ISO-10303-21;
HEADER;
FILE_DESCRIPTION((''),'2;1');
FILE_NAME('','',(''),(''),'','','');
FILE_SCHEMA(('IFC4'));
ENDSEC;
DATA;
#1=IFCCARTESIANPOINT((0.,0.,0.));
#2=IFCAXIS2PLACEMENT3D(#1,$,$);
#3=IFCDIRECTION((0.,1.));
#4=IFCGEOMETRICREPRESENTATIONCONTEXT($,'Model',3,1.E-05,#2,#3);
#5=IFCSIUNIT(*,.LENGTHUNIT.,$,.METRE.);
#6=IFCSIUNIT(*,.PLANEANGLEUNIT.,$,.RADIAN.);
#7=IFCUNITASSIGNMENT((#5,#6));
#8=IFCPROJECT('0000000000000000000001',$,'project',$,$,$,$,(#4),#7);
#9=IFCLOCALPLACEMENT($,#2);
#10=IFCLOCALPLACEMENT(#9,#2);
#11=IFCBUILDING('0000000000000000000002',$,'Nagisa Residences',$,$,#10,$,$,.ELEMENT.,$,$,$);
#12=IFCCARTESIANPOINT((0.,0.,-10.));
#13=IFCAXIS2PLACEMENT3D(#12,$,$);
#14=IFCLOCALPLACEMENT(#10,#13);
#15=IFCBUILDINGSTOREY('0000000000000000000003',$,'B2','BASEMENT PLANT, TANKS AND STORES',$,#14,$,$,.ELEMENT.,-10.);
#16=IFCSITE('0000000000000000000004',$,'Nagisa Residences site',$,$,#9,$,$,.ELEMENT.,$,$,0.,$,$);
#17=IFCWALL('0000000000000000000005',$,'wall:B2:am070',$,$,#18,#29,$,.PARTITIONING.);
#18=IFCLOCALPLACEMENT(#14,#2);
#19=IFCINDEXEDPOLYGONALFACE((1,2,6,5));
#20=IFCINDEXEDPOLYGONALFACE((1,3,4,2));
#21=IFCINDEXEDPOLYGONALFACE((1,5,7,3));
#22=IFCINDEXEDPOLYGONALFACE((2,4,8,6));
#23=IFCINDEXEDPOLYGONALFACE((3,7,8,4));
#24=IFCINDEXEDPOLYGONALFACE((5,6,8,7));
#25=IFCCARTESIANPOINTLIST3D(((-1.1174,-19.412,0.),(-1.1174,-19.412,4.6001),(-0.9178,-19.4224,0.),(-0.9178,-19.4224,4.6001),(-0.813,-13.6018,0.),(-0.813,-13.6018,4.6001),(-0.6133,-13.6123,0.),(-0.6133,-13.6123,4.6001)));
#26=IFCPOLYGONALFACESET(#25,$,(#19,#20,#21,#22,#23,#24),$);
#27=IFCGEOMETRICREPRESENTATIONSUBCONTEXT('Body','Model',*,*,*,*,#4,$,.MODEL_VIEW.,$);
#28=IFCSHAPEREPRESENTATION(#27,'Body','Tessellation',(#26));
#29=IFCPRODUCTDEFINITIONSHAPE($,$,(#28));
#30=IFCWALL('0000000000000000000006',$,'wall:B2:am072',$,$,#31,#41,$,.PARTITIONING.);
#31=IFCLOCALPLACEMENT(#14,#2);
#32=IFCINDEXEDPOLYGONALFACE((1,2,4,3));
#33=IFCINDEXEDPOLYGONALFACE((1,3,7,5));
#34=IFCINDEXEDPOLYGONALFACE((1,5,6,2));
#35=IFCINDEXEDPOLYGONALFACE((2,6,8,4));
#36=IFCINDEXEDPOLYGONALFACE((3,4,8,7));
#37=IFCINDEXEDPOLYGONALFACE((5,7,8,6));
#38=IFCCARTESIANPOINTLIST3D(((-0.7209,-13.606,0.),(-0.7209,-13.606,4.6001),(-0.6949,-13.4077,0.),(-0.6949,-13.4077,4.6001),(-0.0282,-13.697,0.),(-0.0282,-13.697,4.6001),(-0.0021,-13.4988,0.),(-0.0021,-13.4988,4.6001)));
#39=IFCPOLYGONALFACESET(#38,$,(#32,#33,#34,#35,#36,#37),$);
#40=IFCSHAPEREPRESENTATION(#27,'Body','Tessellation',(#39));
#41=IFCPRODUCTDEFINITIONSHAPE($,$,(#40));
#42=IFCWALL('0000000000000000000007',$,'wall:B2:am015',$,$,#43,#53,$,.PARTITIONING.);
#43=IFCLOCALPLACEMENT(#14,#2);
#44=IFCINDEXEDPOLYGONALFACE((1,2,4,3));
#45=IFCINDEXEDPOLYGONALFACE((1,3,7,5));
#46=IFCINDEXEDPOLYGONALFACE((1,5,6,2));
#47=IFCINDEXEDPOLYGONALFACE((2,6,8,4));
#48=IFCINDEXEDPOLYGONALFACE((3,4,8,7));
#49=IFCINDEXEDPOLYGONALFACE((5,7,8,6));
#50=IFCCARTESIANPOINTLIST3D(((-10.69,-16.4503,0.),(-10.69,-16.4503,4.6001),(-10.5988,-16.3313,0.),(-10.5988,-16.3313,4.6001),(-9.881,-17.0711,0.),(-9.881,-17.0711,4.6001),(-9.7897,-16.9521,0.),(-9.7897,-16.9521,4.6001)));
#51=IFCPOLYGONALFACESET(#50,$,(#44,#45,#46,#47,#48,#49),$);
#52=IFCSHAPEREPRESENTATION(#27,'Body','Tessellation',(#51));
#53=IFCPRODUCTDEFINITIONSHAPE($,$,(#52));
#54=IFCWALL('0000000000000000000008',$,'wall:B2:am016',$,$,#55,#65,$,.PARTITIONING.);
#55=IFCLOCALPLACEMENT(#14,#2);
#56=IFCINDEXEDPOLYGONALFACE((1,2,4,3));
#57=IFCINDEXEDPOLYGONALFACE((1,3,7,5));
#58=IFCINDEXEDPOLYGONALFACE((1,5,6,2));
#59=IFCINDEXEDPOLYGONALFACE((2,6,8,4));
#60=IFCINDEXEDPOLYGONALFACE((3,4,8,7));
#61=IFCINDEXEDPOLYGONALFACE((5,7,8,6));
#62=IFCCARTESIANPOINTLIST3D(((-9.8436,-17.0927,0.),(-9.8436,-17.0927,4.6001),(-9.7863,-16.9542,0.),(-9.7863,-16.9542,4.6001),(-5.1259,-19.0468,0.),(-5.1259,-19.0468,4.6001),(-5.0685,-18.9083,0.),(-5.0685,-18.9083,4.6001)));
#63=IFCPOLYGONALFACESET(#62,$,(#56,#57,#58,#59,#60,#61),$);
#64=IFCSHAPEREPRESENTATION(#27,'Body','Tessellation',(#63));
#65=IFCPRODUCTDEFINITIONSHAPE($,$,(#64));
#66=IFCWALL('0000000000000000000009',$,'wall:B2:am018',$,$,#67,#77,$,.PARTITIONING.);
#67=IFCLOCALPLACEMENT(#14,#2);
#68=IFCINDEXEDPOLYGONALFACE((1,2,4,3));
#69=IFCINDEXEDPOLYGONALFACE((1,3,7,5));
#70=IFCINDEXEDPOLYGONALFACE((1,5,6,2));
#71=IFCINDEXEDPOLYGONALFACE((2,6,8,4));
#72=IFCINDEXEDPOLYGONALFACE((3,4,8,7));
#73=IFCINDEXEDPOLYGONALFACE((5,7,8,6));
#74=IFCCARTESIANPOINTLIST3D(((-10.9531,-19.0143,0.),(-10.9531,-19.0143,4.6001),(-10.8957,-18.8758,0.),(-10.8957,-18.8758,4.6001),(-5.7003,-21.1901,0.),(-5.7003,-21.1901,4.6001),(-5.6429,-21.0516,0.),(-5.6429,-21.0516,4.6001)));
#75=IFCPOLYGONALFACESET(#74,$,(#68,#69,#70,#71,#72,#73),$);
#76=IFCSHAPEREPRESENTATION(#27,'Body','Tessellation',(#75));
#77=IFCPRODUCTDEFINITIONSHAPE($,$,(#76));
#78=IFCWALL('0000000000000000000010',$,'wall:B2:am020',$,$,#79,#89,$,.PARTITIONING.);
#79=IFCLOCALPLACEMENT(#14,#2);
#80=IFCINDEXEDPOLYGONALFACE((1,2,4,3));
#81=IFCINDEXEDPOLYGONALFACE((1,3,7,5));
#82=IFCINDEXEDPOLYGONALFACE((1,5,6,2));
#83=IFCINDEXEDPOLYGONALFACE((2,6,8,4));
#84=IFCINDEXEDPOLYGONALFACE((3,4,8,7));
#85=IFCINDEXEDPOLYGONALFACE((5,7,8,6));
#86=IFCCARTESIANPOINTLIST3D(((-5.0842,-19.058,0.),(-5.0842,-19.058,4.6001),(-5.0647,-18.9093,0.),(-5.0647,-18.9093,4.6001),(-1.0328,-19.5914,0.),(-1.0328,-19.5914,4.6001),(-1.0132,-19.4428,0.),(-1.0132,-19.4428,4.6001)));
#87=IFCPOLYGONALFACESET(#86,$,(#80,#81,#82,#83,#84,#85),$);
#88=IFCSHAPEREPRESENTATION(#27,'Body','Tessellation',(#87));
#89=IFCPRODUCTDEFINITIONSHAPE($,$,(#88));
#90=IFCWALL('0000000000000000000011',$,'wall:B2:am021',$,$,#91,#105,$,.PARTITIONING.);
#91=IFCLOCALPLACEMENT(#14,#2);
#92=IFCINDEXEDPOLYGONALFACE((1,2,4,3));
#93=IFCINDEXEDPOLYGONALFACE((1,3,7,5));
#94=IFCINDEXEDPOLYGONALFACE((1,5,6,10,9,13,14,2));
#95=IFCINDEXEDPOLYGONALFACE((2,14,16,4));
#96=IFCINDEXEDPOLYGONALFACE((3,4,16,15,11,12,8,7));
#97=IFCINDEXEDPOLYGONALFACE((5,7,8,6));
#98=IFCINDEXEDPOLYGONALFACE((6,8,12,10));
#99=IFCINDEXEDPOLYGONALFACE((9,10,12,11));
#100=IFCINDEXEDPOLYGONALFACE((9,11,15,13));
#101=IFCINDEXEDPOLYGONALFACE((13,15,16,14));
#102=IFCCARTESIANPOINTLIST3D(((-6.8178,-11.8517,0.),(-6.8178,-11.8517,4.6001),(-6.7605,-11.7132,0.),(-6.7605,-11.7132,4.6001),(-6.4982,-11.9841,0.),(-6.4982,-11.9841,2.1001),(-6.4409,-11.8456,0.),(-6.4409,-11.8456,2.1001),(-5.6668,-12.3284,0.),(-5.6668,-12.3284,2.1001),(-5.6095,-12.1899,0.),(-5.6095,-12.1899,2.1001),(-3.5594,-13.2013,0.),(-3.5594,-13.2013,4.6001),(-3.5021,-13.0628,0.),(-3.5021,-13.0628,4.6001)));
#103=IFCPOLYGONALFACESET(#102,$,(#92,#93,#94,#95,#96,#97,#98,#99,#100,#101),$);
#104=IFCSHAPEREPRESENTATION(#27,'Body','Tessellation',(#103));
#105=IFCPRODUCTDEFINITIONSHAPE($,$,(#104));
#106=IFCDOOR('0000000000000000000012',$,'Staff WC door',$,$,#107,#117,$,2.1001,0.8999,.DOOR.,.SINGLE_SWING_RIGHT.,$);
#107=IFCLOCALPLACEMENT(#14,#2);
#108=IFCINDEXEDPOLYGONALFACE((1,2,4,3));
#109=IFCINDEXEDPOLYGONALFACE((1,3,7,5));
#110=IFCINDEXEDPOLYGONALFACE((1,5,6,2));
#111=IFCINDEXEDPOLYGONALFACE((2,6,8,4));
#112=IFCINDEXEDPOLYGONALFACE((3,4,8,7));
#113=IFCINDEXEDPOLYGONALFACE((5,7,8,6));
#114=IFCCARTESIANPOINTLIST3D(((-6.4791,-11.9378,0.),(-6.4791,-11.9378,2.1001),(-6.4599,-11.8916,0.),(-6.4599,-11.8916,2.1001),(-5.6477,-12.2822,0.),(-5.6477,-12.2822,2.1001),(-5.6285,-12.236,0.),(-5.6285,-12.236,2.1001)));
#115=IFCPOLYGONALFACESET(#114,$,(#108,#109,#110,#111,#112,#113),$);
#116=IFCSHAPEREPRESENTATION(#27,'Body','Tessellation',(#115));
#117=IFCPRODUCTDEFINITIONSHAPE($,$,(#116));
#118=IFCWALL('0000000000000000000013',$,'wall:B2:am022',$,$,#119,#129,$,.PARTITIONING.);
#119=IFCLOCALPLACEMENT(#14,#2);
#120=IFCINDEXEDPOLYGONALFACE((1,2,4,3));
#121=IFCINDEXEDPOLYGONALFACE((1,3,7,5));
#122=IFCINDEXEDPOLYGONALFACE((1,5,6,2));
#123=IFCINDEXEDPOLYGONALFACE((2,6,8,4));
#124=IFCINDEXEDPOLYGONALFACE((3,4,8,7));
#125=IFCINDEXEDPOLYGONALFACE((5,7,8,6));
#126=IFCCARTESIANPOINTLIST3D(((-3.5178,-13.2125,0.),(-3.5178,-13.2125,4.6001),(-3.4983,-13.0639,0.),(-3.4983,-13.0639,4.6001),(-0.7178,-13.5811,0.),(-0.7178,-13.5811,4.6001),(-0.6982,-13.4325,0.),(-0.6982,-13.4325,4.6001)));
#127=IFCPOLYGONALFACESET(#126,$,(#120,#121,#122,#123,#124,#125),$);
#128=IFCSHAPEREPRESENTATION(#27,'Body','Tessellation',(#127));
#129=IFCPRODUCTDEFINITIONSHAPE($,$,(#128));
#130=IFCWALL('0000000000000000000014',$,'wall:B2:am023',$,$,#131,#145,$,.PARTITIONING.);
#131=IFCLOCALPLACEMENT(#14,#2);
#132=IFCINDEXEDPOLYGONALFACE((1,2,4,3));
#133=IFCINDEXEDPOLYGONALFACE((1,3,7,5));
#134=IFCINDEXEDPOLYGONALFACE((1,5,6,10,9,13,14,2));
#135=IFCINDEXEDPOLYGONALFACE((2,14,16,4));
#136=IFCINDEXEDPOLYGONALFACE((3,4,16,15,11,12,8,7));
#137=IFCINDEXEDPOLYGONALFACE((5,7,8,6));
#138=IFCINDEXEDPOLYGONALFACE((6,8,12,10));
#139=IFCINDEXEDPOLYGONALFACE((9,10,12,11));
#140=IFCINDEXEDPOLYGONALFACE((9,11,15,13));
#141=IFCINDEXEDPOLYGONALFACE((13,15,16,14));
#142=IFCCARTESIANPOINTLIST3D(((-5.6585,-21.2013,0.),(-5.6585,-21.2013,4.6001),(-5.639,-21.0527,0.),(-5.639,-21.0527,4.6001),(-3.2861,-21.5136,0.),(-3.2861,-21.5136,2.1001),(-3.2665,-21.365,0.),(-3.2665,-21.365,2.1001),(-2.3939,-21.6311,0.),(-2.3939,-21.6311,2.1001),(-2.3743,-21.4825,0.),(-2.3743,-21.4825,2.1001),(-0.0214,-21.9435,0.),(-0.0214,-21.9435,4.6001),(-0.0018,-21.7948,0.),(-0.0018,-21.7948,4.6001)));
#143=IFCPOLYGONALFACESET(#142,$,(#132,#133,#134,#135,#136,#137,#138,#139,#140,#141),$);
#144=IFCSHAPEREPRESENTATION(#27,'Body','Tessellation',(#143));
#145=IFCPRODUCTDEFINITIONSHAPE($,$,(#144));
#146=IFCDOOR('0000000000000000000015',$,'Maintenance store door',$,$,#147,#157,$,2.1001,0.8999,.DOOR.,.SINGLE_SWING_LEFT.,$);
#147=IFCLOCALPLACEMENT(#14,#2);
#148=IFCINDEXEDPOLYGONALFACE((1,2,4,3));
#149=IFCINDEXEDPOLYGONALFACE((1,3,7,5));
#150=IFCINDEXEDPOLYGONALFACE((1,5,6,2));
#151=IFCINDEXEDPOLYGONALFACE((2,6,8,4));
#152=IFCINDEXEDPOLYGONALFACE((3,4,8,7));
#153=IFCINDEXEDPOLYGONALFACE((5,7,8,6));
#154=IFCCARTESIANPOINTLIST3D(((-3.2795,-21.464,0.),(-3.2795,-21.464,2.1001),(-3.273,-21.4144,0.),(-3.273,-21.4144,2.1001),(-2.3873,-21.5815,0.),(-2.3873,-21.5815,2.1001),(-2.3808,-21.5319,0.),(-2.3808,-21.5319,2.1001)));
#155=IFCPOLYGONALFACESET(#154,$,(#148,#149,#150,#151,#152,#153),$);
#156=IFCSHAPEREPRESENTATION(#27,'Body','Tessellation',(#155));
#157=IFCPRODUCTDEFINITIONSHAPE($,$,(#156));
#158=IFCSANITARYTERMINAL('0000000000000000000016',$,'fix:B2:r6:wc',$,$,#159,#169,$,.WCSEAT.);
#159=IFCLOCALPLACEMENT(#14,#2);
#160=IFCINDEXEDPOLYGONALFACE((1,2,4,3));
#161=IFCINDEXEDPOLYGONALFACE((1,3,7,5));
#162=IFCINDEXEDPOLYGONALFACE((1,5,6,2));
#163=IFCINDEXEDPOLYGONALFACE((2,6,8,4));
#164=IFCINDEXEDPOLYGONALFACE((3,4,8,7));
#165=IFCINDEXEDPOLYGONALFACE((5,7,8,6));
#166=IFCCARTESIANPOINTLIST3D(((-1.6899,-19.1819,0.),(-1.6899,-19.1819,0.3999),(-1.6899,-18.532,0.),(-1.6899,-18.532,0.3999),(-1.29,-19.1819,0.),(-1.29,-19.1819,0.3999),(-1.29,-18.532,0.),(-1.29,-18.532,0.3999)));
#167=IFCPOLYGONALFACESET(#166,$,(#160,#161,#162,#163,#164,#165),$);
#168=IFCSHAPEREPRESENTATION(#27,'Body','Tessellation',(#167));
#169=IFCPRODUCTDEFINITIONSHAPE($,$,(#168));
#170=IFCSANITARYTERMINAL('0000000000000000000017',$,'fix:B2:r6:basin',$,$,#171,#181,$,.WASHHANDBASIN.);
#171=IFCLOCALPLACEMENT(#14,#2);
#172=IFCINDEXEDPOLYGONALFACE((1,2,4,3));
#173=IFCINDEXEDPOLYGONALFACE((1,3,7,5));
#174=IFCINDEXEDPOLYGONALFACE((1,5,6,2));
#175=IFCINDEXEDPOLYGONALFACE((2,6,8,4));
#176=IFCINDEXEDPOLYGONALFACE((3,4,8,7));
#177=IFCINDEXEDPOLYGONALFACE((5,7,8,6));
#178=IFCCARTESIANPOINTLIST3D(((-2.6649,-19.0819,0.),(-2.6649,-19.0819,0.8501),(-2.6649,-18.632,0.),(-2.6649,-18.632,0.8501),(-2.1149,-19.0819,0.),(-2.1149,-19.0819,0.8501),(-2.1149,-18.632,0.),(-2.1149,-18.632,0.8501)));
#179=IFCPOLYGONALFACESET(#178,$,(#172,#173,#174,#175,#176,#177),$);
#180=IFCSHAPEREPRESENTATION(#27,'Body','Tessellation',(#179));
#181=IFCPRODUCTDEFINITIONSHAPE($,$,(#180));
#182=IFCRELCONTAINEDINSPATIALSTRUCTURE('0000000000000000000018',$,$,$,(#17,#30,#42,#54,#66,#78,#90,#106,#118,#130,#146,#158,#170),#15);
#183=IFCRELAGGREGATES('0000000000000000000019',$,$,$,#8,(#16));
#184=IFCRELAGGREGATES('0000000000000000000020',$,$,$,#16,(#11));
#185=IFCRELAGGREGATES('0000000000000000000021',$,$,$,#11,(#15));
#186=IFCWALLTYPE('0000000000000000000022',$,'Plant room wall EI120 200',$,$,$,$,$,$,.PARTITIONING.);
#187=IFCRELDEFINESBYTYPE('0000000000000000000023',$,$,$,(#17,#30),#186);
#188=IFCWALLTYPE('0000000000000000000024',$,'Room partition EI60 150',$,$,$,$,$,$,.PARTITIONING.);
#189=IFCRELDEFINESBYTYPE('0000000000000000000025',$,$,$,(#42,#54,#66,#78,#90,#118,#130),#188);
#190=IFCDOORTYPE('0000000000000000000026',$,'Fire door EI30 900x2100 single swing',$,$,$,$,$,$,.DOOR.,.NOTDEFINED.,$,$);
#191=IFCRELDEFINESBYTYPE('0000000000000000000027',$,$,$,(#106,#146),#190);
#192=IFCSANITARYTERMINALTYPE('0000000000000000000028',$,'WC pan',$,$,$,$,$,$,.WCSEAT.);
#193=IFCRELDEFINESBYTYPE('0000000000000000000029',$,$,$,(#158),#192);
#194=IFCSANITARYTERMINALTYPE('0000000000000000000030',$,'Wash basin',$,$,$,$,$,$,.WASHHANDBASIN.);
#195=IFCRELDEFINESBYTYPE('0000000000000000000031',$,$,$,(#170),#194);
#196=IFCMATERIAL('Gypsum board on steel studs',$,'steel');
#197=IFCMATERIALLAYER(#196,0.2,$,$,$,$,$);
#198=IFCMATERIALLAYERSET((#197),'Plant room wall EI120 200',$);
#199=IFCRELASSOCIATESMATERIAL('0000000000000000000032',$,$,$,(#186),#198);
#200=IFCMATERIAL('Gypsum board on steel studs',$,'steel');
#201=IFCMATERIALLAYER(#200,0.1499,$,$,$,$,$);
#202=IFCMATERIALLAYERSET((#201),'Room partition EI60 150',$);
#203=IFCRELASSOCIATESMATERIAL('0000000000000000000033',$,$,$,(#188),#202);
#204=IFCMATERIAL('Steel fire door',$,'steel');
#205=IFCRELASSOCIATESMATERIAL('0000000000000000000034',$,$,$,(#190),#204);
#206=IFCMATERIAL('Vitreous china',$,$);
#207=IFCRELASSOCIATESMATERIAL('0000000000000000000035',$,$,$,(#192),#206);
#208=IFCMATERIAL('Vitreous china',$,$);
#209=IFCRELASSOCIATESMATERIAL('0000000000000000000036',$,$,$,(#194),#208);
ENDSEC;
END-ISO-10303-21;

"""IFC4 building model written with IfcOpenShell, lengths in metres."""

from ifc_helpers import new_model, si_unit, direction, frame, frame_2d, origin, origin_2d, place, context, subcontext, project, spatial, rectangle, extrude, material, layer, layer_set, type_object, element, fill, save


model = new_model("IFC4")

# Units and contexts
model_context = context("Model", 3, precision=1e-05, world=origin(), true_north=direction((0.0, 1.0)))
body_context = subcontext(model_context, "Body", "Model", "MODEL_VIEW")
ifc_project = project(units=[si_unit("LENGTHUNIT", "METRE"), si_unit("PLANEANGLEUNIT", "RADIAN")], contexts=[model_context])

# Site, building, storey
site_placement = place(None, origin())
site = spatial("IfcSite", under=ifc_project, at=site_placement, Name="Nagisa Residences site", CompositionType="ELEMENT", RefElevation=0.0)
building_placement = place(site_placement, origin())
building = spatial("IfcBuilding", under=site, at=building_placement, Name="Nagisa Residences", CompositionType="ELEMENT")
storey_placement = place(building_placement, frame((0.0, 0.0, -10.0)))
storey = spatial("IfcBuildingStorey", under=building, at=storey_placement, Name="B2", Description="BASEMENT PLANT, TANKS AND STORES", CompositionType="ELEMENT", Elevation=-10.0)

# Walls
ifc_material_1 = material(Name="Gypsum board on steel studs", Category="steel")
ifc_layer_1 = layer(ifc_material_1, 0.2)
ifc_layer_set_1 = layer_set([ifc_layer_1], Name="Plant room wall EI120 200")
wall_type_1 = type_object("IfcWallType", Name="Plant room wall EI120 200", PredefinedType="PARTITIONING", material=ifc_layer_set_1)
wall_1_placement = place(storey_placement, frame((-0.7131, -13.6069, 0.0), z_axis=(0.0, 0.0, 1.0), x_axis=(-0.052328, -0.99863, 0.0)))
element("IfcWall", 1, at=wall_1_placement, inside=storey, type_object=wall_type_1, Name="wall:B2:am070", PredefinedType="PARTITIONING", context=body_context, shape_type="SweptSolid", body=[
    extrude(rectangle(XDim=5.8181, YDim=0.2, at=frame_2d((2.9092, 0.0))), origin(), (0.0, 0.0, 1.0), 4.6001),
])
wall_2_placement = place(storey_placement, frame((-0.0151, -13.5979, 0.0), z_axis=(0.0, 0.0, 1.0), x_axis=(-0.991473, 0.13031, 0.0)))
element("IfcWall", 2, at=wall_2_placement, inside=storey, type_object=wall_type_1, Name="wall:B2:am072", PredefinedType="PARTITIONING", context=body_context, shape_type="SweptSolid", body=[
    extrude(rectangle(XDim=0.6987, YDim=0.2, at=frame_2d((0.3494, 0.0))), origin(), (0.0, 0.0, 1.0), 4.6001),
])
ifc_material_2 = material(Name="Gypsum board on steel studs", Category="steel")
ifc_layer_2 = layer(ifc_material_2, 0.1499)
ifc_layer_set_2 = layer_set([ifc_layer_2], Name="Room partition EI60 150")
wall_type_2 = type_object("IfcWallType", Name="Room partition EI60 150", PredefinedType="PARTITIONING", material=ifc_layer_set_2)
wall_3_placement = place(storey_placement, frame((-10.6443, -16.3909, 0.0), z_axis=(0.0, 0.0, 1.0), x_axis=(0.793344, -0.608773, 0.0)))
element("IfcWall", 3, at=wall_3_placement, inside=storey, type_object=wall_type_2, Name="wall:B2:am015", PredefinedType="PARTITIONING", context=body_context, shape_type="SweptSolid", body=[
    extrude(rectangle(XDim=1.0198, YDim=0.1499, at=frame_2d((0.5098, 0.0))), origin(), (0.0, 0.0, 1.0), 4.6001),
])
wall_4_placement = place(storey_placement, frame((-9.8149, -17.0234, 0.0), z_axis=(0.0, 0.0, 1.0), x_axis=(0.923884, -0.382673, 0.0)))
element("IfcWall", 4, at=wall_4_placement, inside=storey, type_object=wall_type_2, Name="wall:B2:am016", PredefinedType="PARTITIONING", context=body_context, shape_type="SweptSolid", body=[
    extrude(rectangle(XDim=5.1064, YDim=0.1499, at=frame_2d((2.5532, 0.0))), origin(), (0.0, 0.0, 1.0), 4.6001),
])
wall_5_placement = place(storey_placement, frame((-5.6716, -21.1208, 0.0), z_axis=(0.0, 0.0, 1.0), x_axis=(-0.923877, 0.382691, 0.0)))
element("IfcWall", 5, at=wall_5_placement, inside=storey, type_object=wall_type_2, Name="wall:B2:am018", PredefinedType="PARTITIONING", context=body_context, shape_type="SweptSolid", body=[
    extrude(rectangle(XDim=5.6855, YDim=0.1499, at=frame_2d((2.8428, 0.0))), origin(), (0.0, 0.0, 1.0), 4.6001),
])
wall_6_placement = place(storey_placement, frame((-5.0745, -18.9836, 0.0), z_axis=(0.0, 0.0, 1.0), x_axis=(0.991443, -0.13054, 0.0)))
element("IfcWall", 6, at=wall_6_placement, inside=storey, type_object=wall_type_2, Name="wall:B2:am020", PredefinedType="PARTITIONING", context=body_context, shape_type="SweptSolid", body=[
    extrude(rectangle(XDim=4.0864, YDim=0.1499, at=frame_2d((2.0432, 0.0))), origin(), (0.0, 0.0, 1.0), 4.6001),
])

# Wall, opening, door
wall_7_placement = place(storey_placement, frame((-3.5308, -13.1321, 0.0), z_axis=(0.0, 0.0, 1.0), x_axis=(-0.923882, 0.382678, 0.0)))
wall_7 = element("IfcWall", 7, at=wall_7_placement, inside=storey, type_object=wall_type_2, Name="wall:B2:am021", PredefinedType="PARTITIONING", context=body_context, shape_type="SweptSolid", body=[
    extrude(rectangle(XDim=3.5269, YDim=0.1499, at=frame_2d((1.7634, 0.0))), origin(), (0.0, 0.0, 1.0), 4.6001),
])
opening_1_placement = place(wall_7_placement, frame((2.281, 0.0, 0.0)))
opening_1 = element("IfcOpeningElement", 8, at=opening_1_placement, cuts=wall_7, PredefinedType="OPENING", context=body_context, shape_type="SweptSolid", body=[
    extrude(rectangle(XDim=0.8999, YDim=2.1001, at=frame_2d((0.45, 1.05))), frame((0.0, 0.085, 0.0), z_axis=(0.0, -1.0, 0.0), x_axis=(1.0, 0.0, 0.0)), (0.0, 0.0, 1.0), 0.1699),
])
ifc_material_3 = material(Name="Steel fire door", Category="steel")
door_type = type_object("IfcDoorType", Name="Fire door EI30 900x2100 single swing", OperationType="NOTDEFINED", PredefinedType="DOOR", material=ifc_material_3)
door_1_placement = place(opening_1_placement, origin())
door_1 = element("IfcDoor", 9, at=door_1_placement, inside=storey, type_object=door_type, Name="Staff WC door", OperationType="SINGLE_SWING_RIGHT", OverallHeight=2.1001, OverallWidth=0.8999, PredefinedType="DOOR", context=body_context, shape_type="SweptSolid", body=[
    extrude(rectangle(XDim=0.8999, YDim=2.1001, at=frame_2d((0.45, 1.05))), frame((0.0, 0.0249, 0.0), z_axis=(0.0, -1.0, 0.0), x_axis=(1.0, 0.0, 0.0)), (0.0, 0.0, 1.0), 0.05),
])
fill(opening_1, door_1)

# Wall
wall_8_placement = place(storey_placement, frame((-0.708, -13.5068, 0.0), z_axis=(0.0, 0.0, 1.0), x_axis=(-0.991444, 0.130533, 0.0)))
element("IfcWall", 10, at=wall_8_placement, inside=storey, type_object=wall_type_2, Name="wall:B2:am022", PredefinedType="PARTITIONING", context=body_context, shape_type="SweptSolid", body=[
    extrude(rectangle(XDim=2.8242, YDim=0.1499, at=frame_2d((1.4121, 0.0))), origin(), (0.0, 0.0, 1.0), 4.6001),
])

# Wall, opening, door
wall_9_placement = place(storey_placement, frame((-0.0117, -21.8691, 0.0), z_axis=(0.0, 0.0, 1.0), x_axis=(-0.991444, 0.130532, 0.0)))
wall_9 = element("IfcWall", 11, at=wall_9_placement, inside=storey, type_object=wall_type_2, Name="wall:B2:am023", PredefinedType="PARTITIONING", context=body_context, shape_type="SweptSolid", body=[
    extrude(rectangle(XDim=5.6858, YDim=0.1499, at=frame_2d((2.8428, 0.0))), origin(), (0.0, 0.0, 1.0), 4.6001),
])
opening_2_placement = place(wall_9_placement, frame((2.3928, 0.0, 0.0)))
opening_2 = element("IfcOpeningElement", 12, at=opening_2_placement, cuts=wall_9, PredefinedType="OPENING", context=body_context, shape_type="SweptSolid", body=[
    extrude(rectangle(XDim=0.8999, YDim=2.1001, at=frame_2d((0.45, 1.05))), frame((0.0, 0.085, 0.0), z_axis=(0.0, -1.0, 0.0), x_axis=(1.0, 0.0, 0.0)), (0.0, 0.0, 1.0), 0.1699),
])
door_2_placement = place(opening_2_placement, origin())
door_2 = element("IfcDoor", 13, at=door_2_placement, inside=storey, type_object=door_type, Name="Maintenance store door", OperationType="SINGLE_SWING_LEFT", OverallHeight=2.1001, OverallWidth=0.8999, PredefinedType="DOOR", context=body_context, shape_type="SweptSolid", body=[
    extrude(rectangle(XDim=0.8999, YDim=2.1001, at=frame_2d((0.45, 1.05))), frame((0.0, 0.0249, 0.0), z_axis=(0.0, -1.0, 0.0), x_axis=(1.0, 0.0, 0.0)), (0.0, 0.0, 1.0), 0.05),
])
fill(opening_2, door_2)

# Sanitary terminals
ifc_material_4 = material(Name="Vitreous china")
sanitary_terminal_type_1 = type_object("IfcSanitaryTerminalType", Name="WC pan", PredefinedType="WCSEAT", material=ifc_material_4)
sanitary_terminal_1_placement = place(storey_placement, frame((-1.49, -18.8569, 0.0), z_axis=(0.0, 0.0, 1.0), x_axis=(1.0, 0.0, 0.0)))
element("IfcSanitaryTerminal", 14, at=sanitary_terminal_1_placement, inside=storey, type_object=sanitary_terminal_type_1, Name="fix:B2:r6:wc", PredefinedType="WCSEAT", context=body_context, shape_type="SweptSolid", body=[
    extrude(rectangle(XDim=0.3999, YDim=0.6499, at=origin_2d()), origin(), (0.0, 0.0, 1.0), 0.3999),
])
ifc_material_5 = material(Name="Vitreous china")
sanitary_terminal_type_2 = type_object("IfcSanitaryTerminalType", Name="Wash basin", PredefinedType="WASHHANDBASIN", material=ifc_material_5)
sanitary_terminal_2_placement = place(storey_placement, frame((-2.3899, -18.8569, 0.0), z_axis=(0.0, 0.0, 1.0), x_axis=(1.0, 0.0, 0.0)))
element("IfcSanitaryTerminal", 15, at=sanitary_terminal_2_placement, inside=storey, type_object=sanitary_terminal_type_2, Name="fix:B2:r6:basin", PredefinedType="WASHHANDBASIN", context=body_context, shape_type="SweptSolid", body=[
    extrude(rectangle(XDim=0.55, YDim=0.45, at=origin_2d()), origin(), (0.0, 0.0, 1.0), 0.8501),
])

save(model, "model.ifc")
